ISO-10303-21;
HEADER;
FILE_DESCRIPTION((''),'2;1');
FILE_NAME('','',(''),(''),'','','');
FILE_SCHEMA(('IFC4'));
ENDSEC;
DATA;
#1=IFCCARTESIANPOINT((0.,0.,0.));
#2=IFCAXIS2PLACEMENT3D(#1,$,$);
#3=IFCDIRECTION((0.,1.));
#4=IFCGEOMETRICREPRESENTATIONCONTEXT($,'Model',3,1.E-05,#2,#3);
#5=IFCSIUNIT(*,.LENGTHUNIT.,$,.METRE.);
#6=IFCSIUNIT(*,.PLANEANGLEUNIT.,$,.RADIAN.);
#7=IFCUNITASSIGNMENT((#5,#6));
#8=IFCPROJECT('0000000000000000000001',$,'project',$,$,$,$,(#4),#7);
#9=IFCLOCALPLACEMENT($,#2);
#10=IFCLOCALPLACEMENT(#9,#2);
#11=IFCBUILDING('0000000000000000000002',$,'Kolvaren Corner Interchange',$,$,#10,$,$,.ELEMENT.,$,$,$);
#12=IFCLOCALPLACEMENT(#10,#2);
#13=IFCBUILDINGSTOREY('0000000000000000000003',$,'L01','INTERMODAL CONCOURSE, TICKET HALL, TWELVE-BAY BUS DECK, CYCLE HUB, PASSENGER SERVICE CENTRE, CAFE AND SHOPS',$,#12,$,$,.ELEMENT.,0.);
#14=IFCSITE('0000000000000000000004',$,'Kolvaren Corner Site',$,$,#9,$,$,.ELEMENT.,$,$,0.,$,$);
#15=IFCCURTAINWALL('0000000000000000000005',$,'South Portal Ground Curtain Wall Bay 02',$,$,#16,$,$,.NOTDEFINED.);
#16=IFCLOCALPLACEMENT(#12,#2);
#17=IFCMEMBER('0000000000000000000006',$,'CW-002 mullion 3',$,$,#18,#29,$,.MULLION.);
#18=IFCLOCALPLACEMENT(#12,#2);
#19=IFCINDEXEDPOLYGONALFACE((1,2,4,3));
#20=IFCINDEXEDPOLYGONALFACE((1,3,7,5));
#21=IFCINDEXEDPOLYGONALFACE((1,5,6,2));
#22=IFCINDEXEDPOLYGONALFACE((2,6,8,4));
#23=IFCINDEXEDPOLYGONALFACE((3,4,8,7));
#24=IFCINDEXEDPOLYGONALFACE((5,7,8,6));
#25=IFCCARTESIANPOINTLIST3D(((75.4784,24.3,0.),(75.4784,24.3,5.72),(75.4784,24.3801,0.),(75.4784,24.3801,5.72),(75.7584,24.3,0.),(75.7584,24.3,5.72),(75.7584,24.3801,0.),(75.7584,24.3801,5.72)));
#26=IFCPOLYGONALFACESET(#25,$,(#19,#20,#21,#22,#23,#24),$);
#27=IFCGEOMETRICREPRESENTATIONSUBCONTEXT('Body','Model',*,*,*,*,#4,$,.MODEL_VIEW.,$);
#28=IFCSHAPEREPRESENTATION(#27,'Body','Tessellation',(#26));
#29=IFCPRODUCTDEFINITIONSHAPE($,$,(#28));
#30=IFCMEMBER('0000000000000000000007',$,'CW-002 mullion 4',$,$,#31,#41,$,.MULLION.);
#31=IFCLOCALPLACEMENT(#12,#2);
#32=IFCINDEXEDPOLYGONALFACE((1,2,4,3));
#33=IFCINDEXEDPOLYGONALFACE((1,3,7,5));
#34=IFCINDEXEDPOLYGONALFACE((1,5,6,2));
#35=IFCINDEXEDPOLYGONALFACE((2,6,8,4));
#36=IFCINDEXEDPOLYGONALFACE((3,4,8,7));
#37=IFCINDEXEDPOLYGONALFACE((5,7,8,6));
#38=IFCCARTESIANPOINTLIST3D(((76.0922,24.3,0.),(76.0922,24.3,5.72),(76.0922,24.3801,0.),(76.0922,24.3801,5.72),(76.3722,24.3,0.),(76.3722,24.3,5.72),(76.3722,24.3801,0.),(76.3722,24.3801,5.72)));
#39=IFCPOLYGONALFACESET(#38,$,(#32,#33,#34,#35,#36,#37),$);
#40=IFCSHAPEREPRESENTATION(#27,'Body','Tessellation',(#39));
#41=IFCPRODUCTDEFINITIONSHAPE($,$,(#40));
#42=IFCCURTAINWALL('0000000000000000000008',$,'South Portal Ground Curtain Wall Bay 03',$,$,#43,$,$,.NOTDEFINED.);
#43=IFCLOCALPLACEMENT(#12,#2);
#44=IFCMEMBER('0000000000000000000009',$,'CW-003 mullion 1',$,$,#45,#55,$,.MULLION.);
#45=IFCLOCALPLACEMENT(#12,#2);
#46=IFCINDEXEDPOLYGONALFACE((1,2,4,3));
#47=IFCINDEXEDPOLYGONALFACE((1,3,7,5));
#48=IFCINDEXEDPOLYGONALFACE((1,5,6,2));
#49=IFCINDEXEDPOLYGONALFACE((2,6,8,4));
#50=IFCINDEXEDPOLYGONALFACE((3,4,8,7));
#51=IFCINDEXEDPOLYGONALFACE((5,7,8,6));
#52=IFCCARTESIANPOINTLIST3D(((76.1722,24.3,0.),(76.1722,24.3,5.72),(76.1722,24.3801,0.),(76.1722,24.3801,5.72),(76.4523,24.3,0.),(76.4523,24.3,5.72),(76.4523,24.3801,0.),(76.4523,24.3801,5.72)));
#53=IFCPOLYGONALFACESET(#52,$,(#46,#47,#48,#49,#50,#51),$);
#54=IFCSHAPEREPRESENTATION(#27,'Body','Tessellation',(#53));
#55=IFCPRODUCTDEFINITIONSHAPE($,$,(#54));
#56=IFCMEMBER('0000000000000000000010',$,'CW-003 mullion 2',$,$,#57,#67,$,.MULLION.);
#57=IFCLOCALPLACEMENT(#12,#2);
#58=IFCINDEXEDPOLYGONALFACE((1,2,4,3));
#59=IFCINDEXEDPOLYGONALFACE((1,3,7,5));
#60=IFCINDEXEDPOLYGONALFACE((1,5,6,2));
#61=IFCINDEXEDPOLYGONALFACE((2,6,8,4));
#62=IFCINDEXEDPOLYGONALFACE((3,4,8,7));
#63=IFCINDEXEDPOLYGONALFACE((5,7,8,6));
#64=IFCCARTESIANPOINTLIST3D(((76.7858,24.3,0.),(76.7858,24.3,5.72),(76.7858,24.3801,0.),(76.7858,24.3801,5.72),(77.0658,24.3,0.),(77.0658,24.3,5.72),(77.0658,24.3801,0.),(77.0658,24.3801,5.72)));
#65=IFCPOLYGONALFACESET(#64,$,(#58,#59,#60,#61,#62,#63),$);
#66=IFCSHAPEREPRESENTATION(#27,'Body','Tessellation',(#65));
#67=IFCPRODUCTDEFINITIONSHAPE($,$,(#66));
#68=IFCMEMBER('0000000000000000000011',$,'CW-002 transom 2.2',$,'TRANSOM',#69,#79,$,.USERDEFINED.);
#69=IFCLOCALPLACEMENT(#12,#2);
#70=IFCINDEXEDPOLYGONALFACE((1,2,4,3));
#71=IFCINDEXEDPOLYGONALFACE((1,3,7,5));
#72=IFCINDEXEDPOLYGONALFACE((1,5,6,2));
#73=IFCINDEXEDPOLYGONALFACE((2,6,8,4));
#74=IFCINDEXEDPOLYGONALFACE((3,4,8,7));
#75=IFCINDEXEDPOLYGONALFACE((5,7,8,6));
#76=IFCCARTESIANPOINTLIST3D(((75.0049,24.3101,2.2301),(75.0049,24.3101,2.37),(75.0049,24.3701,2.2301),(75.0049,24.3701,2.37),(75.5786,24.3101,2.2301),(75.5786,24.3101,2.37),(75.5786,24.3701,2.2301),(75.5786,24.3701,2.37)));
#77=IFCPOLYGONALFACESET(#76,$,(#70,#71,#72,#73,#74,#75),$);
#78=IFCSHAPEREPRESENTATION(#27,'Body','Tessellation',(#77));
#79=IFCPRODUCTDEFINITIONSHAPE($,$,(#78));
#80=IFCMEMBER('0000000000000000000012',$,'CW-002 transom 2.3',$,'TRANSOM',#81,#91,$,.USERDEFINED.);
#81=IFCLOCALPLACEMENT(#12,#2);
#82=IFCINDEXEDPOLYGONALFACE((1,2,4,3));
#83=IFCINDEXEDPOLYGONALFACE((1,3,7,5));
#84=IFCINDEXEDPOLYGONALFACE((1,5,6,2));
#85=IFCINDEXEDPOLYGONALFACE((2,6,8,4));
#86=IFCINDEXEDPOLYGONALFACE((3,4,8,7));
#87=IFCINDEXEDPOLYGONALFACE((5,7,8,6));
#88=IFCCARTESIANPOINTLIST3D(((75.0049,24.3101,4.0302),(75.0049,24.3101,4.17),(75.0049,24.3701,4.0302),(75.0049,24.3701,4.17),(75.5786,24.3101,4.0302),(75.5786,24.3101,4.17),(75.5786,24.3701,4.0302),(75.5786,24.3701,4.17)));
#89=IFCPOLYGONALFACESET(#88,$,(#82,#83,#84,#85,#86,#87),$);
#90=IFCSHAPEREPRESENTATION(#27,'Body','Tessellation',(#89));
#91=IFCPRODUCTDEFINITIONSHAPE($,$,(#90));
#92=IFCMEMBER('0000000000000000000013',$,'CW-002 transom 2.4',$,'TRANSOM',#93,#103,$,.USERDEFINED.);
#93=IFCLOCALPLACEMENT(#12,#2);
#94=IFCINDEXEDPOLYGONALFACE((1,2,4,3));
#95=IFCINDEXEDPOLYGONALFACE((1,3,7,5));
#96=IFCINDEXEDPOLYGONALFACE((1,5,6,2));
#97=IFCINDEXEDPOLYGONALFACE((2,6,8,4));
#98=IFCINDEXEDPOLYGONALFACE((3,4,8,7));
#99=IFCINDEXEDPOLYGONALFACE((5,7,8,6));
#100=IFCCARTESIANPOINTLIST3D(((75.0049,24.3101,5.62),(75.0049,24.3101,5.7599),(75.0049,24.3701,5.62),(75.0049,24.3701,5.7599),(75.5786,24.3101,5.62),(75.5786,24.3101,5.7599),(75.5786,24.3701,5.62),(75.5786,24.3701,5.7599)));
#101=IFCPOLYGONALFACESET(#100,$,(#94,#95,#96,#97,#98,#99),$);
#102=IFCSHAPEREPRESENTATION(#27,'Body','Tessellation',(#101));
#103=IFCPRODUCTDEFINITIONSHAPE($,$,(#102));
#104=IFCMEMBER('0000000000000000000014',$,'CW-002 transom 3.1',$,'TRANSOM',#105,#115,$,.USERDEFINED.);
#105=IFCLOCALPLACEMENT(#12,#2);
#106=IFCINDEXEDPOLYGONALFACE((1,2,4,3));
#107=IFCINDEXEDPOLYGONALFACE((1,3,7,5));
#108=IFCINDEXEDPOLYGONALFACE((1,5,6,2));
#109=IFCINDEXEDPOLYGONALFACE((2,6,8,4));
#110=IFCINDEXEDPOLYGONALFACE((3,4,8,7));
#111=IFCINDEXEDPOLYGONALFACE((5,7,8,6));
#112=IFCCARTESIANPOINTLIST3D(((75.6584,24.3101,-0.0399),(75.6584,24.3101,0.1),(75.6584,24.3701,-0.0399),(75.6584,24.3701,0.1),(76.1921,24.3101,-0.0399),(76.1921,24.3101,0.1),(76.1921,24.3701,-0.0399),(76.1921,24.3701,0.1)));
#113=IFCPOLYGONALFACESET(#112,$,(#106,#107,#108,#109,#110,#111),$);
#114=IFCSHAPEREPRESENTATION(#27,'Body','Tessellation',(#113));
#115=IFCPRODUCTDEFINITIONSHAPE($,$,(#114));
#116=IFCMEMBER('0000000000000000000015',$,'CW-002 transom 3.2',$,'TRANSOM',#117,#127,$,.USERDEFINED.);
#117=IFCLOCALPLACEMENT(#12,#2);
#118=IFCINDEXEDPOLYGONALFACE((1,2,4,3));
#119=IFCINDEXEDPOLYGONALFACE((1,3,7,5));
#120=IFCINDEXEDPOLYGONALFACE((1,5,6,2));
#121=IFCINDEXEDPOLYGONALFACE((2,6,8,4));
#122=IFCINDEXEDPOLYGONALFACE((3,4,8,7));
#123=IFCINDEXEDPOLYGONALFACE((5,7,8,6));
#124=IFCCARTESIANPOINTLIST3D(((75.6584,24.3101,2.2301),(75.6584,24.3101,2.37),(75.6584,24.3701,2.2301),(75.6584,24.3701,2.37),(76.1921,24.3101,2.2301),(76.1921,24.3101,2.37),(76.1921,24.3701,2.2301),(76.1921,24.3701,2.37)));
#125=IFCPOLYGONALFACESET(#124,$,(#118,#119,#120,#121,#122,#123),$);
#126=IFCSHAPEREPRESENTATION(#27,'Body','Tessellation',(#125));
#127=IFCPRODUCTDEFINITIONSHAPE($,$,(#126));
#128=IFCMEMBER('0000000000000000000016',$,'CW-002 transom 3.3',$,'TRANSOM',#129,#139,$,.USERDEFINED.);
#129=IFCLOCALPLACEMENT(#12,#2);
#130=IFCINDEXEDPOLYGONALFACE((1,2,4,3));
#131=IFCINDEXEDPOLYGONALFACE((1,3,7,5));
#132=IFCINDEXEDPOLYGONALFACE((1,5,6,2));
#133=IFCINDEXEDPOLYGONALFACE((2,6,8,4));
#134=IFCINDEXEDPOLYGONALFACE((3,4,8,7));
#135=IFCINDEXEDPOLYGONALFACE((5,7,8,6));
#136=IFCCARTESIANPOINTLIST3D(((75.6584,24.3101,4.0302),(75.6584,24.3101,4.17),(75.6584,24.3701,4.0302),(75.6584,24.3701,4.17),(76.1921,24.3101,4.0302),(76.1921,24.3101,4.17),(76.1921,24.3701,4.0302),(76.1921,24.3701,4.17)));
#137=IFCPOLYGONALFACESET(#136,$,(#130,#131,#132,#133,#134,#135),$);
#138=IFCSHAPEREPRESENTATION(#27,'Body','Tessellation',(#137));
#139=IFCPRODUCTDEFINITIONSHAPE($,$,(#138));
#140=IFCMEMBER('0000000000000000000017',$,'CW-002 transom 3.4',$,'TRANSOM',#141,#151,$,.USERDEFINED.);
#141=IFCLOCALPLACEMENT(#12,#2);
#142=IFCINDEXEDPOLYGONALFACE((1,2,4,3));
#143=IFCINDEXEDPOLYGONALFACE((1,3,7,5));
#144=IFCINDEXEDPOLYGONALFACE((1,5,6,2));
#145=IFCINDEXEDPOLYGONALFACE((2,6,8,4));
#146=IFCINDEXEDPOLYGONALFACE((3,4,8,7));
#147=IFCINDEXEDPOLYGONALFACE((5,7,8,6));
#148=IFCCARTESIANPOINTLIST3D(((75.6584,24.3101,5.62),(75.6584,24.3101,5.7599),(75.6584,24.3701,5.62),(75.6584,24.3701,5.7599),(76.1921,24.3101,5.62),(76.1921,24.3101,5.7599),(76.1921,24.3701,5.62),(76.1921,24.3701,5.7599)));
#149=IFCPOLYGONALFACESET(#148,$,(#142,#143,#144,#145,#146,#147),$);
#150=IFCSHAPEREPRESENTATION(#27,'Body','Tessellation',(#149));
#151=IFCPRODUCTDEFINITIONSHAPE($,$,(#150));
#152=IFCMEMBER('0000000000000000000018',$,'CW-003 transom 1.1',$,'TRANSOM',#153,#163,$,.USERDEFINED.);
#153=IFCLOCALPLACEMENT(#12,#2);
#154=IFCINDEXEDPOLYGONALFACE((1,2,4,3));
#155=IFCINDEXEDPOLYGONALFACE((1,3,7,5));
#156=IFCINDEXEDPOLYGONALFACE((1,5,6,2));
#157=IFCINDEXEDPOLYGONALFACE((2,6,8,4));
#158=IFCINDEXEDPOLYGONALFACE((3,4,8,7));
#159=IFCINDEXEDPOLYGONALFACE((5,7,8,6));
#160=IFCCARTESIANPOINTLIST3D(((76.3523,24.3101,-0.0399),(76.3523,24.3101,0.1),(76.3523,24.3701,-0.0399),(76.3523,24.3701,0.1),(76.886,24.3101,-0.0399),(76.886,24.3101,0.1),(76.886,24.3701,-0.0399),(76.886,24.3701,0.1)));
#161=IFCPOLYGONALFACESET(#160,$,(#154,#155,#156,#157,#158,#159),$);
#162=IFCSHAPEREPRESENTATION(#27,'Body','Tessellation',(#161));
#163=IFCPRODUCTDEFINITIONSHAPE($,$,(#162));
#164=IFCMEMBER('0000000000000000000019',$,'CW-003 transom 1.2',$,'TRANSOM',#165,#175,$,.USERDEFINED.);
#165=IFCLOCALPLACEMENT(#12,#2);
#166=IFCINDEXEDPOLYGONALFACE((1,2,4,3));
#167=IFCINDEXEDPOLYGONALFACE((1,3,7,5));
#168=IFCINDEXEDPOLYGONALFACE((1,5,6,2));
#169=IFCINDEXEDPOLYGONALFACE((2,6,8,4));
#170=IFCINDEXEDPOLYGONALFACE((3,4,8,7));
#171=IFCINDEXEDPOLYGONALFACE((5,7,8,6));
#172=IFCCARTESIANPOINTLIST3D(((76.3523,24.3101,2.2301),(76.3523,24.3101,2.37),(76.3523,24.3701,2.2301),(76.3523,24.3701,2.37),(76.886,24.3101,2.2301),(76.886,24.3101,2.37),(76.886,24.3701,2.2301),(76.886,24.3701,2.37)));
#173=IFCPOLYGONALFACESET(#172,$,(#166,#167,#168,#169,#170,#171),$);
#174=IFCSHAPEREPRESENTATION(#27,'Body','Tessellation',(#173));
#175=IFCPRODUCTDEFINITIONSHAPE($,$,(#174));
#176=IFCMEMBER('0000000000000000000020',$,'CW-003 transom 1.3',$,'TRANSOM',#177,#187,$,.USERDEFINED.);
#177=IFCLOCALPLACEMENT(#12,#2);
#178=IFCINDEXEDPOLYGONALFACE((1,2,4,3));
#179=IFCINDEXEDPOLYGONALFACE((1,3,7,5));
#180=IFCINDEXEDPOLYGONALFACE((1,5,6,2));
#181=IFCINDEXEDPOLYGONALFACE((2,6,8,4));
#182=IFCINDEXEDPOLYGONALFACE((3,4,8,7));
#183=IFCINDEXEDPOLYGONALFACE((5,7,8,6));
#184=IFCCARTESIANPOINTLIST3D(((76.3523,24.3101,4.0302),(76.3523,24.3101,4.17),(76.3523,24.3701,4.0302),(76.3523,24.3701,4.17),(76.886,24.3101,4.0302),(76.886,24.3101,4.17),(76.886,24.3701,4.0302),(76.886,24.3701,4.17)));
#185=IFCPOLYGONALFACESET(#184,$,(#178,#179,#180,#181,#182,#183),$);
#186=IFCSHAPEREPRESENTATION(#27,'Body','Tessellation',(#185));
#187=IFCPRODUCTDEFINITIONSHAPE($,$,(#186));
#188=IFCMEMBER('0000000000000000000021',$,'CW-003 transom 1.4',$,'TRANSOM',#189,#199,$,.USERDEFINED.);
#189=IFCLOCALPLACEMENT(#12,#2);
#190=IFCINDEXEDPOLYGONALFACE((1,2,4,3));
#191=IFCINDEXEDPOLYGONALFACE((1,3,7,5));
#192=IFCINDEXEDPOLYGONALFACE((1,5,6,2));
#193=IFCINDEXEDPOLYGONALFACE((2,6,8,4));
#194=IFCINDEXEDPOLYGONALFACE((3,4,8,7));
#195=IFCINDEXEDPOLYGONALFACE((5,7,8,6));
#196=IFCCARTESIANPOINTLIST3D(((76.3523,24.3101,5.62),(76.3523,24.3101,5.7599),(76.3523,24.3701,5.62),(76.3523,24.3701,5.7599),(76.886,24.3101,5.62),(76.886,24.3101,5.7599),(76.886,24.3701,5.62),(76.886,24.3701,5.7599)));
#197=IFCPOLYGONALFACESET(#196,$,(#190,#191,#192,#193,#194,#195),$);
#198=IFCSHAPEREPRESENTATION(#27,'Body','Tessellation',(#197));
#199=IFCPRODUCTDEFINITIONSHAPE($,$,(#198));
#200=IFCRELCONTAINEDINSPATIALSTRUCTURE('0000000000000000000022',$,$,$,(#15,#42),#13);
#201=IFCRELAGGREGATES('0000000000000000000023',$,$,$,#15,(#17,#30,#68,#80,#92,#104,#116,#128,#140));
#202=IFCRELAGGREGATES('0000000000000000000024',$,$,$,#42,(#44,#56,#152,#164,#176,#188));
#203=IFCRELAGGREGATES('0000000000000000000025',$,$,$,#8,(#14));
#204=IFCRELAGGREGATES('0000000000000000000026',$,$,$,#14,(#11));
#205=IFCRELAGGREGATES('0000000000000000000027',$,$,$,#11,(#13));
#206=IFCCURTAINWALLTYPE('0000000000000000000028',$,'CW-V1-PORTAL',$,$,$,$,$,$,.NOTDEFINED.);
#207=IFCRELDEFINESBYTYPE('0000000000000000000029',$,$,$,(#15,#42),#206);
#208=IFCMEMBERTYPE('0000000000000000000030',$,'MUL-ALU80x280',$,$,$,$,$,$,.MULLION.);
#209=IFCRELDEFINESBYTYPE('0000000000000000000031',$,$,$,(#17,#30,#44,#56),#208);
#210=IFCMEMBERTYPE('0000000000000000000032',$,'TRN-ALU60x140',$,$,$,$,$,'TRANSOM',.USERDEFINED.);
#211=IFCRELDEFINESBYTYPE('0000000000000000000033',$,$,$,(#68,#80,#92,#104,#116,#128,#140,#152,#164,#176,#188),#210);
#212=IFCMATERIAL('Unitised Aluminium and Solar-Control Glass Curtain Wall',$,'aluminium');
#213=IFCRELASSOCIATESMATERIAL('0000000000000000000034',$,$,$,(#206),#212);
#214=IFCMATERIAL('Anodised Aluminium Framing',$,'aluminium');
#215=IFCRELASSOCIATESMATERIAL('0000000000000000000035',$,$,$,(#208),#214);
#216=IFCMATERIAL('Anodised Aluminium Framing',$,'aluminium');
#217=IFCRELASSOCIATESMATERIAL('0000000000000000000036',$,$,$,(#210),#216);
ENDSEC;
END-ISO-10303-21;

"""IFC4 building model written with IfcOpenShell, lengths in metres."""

from ifc_helpers import new_model, si_unit, direction, frame, origin, origin_2d, place, context, subcontext, project, spatial, rectangle, extrude, material, material_profile, profile_set, type_object, element, aggregate, save


model = new_model("IFC4")

# Units and contexts
model_context = context("Model", 3, precision=1e-05, world=origin(), true_north=direction((0.0, 1.0)))
body_context = subcontext(model_context, "Body", "Model", "MODEL_VIEW")
ifc_project = project(units=[si_unit("LENGTHUNIT", "METRE"), si_unit("PLANEANGLEUNIT", "RADIAN")], contexts=[model_context])

# Site, building, storey
site_placement = place(None, origin())
site = spatial("IfcSite", under=ifc_project, at=site_placement, Name="Kolvaren Corner Site", CompositionType="ELEMENT", RefElevation=0.0)
building_placement = place(site_placement, origin())
building = spatial("IfcBuilding", under=site, at=building_placement, Name="Kolvaren Corner Interchange", CompositionType="ELEMENT")
storey_placement = place(building_placement, origin())
storey = spatial("IfcBuildingStorey", under=building, at=storey_placement, Name="L01", Description="INTERMODAL CONCOURSE, TICKET HALL, TWELVE-BAY BUS DECK, CYCLE HUB, PASSENGER SERVICE CENTRE, CAFE AND SHOPS", CompositionType="ELEMENT", Elevation=0.0)

# Curtain walls, members
ifc_material_1 = material(Name="Unitised Aluminium and Solar-Control Glass Curtain Wall", Category="aluminium")
curtain_wall_type = type_object("IfcCurtainWallType", Name="CW-V1-PORTAL", PredefinedType="NOTDEFINED", material=ifc_material_1)
curtain_wall_1_placement = place(storey_placement, origin())
curtain_wall_1 = element("IfcCurtainWall", 1, at=curtain_wall_1_placement, inside=storey, type_object=curtain_wall_type, Name="South Portal Ground Curtain Wall Bay 02", PredefinedType="NOTDEFINED")
ifc_material_2 = material(Name="Anodised Aluminium Framing", Category="aluminium")
ifc_material_profile_1 = material_profile(ifc_material_2, rectangle(XDim=0.0801, YDim=0.28, at=origin_2d()), Name="ALU 80x280")
ifc_profile_set_1 = profile_set([ifc_material_profile_1], Name="Anodised Aluminium Framing")
member_type_1 = type_object("IfcMemberType", Name="MUL-ALU80x280", PredefinedType="MULLION", material=ifc_profile_set_1)
member_1_placement = place(storey_placement, frame((75.6184, 24.3401, 0.0), z_axis=(0.0, 0.0, 1.0), x_axis=(0.0, 1.0, 0.0)))
member_1 = element("IfcMember", 2, at=member_1_placement, type_object=member_type_1, Name="CW-002 mullion 3", PredefinedType="MULLION", context=body_context, shape_type="SweptSolid", body=[
    extrude(rectangle(XDim=0.0801, YDim=0.28, at=origin_2d()), origin(), (0.0, 0.0, 1.0), 5.72),
])
member_2_placement = place(storey_placement, frame((76.2322, 24.3401, 0.0), z_axis=(0.0, 0.0, 1.0), x_axis=(0.0, 1.0, 0.0)))
member_2 = element("IfcMember", 3, at=member_2_placement, type_object=member_type_1, Name="CW-002 mullion 4", PredefinedType="MULLION", context=body_context, shape_type="SweptSolid", body=[
    extrude(rectangle(XDim=0.0801, YDim=0.28, at=origin_2d()), origin(), (0.0, 0.0, 1.0), 5.72),
])
curtain_wall_2_placement = place(storey_placement, origin())
curtain_wall_2 = element("IfcCurtainWall", 4, at=curtain_wall_2_placement, inside=storey, type_object=curtain_wall_type, Name="South Portal Ground Curtain Wall Bay 03", PredefinedType="NOTDEFINED")
member_3_placement = place(storey_placement, frame((76.3123, 24.3401, 0.0), z_axis=(0.0, 0.0, 1.0), x_axis=(0.0, 1.0, 0.0)))
member_3 = element("IfcMember", 5, at=member_3_placement, type_object=member_type_1, Name="CW-003 mullion 1", PredefinedType="MULLION", context=body_context, shape_type="SweptSolid", body=[
    extrude(rectangle(XDim=0.0801, YDim=0.28, at=origin_2d()), origin(), (0.0, 0.0, 1.0), 5.72),
])
member_4_placement = place(storey_placement, frame((76.9258, 24.3401, 0.0), z_axis=(0.0, 0.0, 1.0), x_axis=(0.0, 1.0, 0.0)))
member_4 = element("IfcMember", 6, at=member_4_placement, type_object=member_type_1, Name="CW-003 mullion 2", PredefinedType="MULLION", context=body_context, shape_type="SweptSolid", body=[
    extrude(rectangle(XDim=0.0801, YDim=0.28, at=origin_2d()), origin(), (0.0, 0.0, 1.0), 5.72),
])

# Members
ifc_material_3 = material(Name="Anodised Aluminium Framing", Category="aluminium")
ifc_material_profile_2 = material_profile(ifc_material_3, rectangle(XDim=0.0601, YDim=0.1399, at=origin_2d()), Name="ALU 60x140")
ifc_profile_set_2 = profile_set([ifc_material_profile_2], Name="Anodised Aluminium Framing")
member_type_2 = type_object("IfcMemberType", Name="TRN-ALU60x140", ElementType="TRANSOM", PredefinedType="USERDEFINED", material=ifc_profile_set_2)
member_5_placement = place(storey_placement, frame((75.0049, 24.3401, 2.3), z_axis=(1.0, 0.0, 0.0), x_axis=(0.0, 1.0, 0.0)))
member_5 = element("IfcMember", 7, at=member_5_placement, type_object=member_type_2, Name="CW-002 transom 2.2", ObjectType="TRANSOM", PredefinedType="USERDEFINED", context=body_context, shape_type="SweptSolid", body=[
    extrude(rectangle(XDim=0.0601, YDim=0.1399, at=origin_2d()), origin(), (0.0, 0.0, 1.0), 0.5737),
])
member_6_placement = place(storey_placement, frame((75.0049, 24.3401, 4.1001), z_axis=(1.0, 0.0, 0.0), x_axis=(0.0, 1.0, 0.0)))
member_6 = element("IfcMember", 8, at=member_6_placement, type_object=member_type_2, Name="CW-002 transom 2.3", ObjectType="TRANSOM", PredefinedType="USERDEFINED", context=body_context, shape_type="SweptSolid", body=[
    extrude(rectangle(XDim=0.0601, YDim=0.1399, at=origin_2d()), origin(), (0.0, 0.0, 1.0), 0.5737),
])
member_7_placement = place(storey_placement, frame((75.0049, 24.3401, 5.6899), z_axis=(1.0, 0.0, 0.0), x_axis=(0.0, 1.0, 0.0)))
member_7 = element("IfcMember", 9, at=member_7_placement, type_object=member_type_2, Name="CW-002 transom 2.4", ObjectType="TRANSOM", PredefinedType="USERDEFINED", context=body_context, shape_type="SweptSolid", body=[
    extrude(rectangle(XDim=0.0601, YDim=0.1399, at=origin_2d()), origin(), (0.0, 0.0, 1.0), 0.5737),
])
member_8_placement = place(storey_placement, frame((75.6584, 24.3401, 0.03), z_axis=(1.0, 0.0, 0.0), x_axis=(0.0, 1.0, 0.0)))
member_8 = element("IfcMember", 10, at=member_8_placement, type_object=member_type_2, Name="CW-002 transom 3.1", ObjectType="TRANSOM", PredefinedType="USERDEFINED", context=body_context, shape_type="SweptSolid", body=[
    extrude(rectangle(XDim=0.0601, YDim=0.1399, at=origin_2d()), origin(), (0.0, 0.0, 1.0), 0.5337),
])
member_9_placement = place(storey_placement, frame((75.6584, 24.3401, 2.3), z_axis=(1.0, 0.0, 0.0), x_axis=(0.0, 1.0, 0.0)))
member_9 = element("IfcMember", 11, at=member_9_placement, type_object=member_type_2, Name="CW-002 transom 3.2", ObjectType="TRANSOM", PredefinedType="USERDEFINED", context=body_context, shape_type="SweptSolid", body=[
    extrude(rectangle(XDim=0.0601, YDim=0.1399, at=origin_2d()), origin(), (0.0, 0.0, 1.0), 0.5337),
])
member_10_placement = place(storey_placement, frame((75.6584, 24.3401, 4.1001), z_axis=(1.0, 0.0, 0.0), x_axis=(0.0, 1.0, 0.0)))
member_10 = element("IfcMember", 12, at=member_10_placement, type_object=member_type_2, Name="CW-002 transom 3.3", ObjectType="TRANSOM", PredefinedType="USERDEFINED", context=body_context, shape_type="SweptSolid", body=[
    extrude(rectangle(XDim=0.0601, YDim=0.1399, at=origin_2d()), origin(), (0.0, 0.0, 1.0), 0.5337),
])
member_11_placement = place(storey_placement, frame((75.6584, 24.3401, 5.6899), z_axis=(1.0, 0.0, 0.0), x_axis=(0.0, 1.0, 0.0)))
member_11 = element("IfcMember", 13, at=member_11_placement, type_object=member_type_2, Name="CW-002 transom 3.4", ObjectType="TRANSOM", PredefinedType="USERDEFINED", context=body_context, shape_type="SweptSolid", body=[
    extrude(rectangle(XDim=0.0601, YDim=0.1399, at=origin_2d()), origin(), (0.0, 0.0, 1.0), 0.5337),
])
member_12_placement = place(storey_placement, frame((76.3523, 24.3401, 0.03), z_axis=(1.0, 0.0, 0.0), x_axis=(0.0, 1.0, 0.0)))
member_12 = element("IfcMember", 14, at=member_12_placement, type_object=member_type_2, Name="CW-003 transom 1.1", ObjectType="TRANSOM", PredefinedType="USERDEFINED", context=body_context, shape_type="SweptSolid", body=[
    extrude(rectangle(XDim=0.0601, YDim=0.1399, at=origin_2d()), origin(), (0.0, 0.0, 1.0), 0.5337),
])
member_13_placement = place(storey_placement, frame((76.3523, 24.3401, 2.3), z_axis=(1.0, 0.0, 0.0), x_axis=(0.0, 1.0, 0.0)))
member_13 = element("IfcMember", 15, at=member_13_placement, type_object=member_type_2, Name="CW-003 transom 1.2", ObjectType="TRANSOM", PredefinedType="USERDEFINED", context=body_context, shape_type="SweptSolid", body=[
    extrude(rectangle(XDim=0.0601, YDim=0.1399, at=origin_2d()), origin(), (0.0, 0.0, 1.0), 0.5337),
])
member_14_placement = place(storey_placement, frame((76.3523, 24.3401, 4.1001), z_axis=(1.0, 0.0, 0.0), x_axis=(0.0, 1.0, 0.0)))
member_14 = element("IfcMember", 16, at=member_14_placement, type_object=member_type_2, Name="CW-003 transom 1.3", ObjectType="TRANSOM", PredefinedType="USERDEFINED", context=body_context, shape_type="SweptSolid", body=[
    extrude(rectangle(XDim=0.0601, YDim=0.1399, at=origin_2d()), origin(), (0.0, 0.0, 1.0), 0.5337),
])
member_15_placement = place(storey_placement, frame((76.3523, 24.3401, 5.6899), z_axis=(1.0, 0.0, 0.0), x_axis=(0.0, 1.0, 0.0)))
member_15 = element("IfcMember", 17, at=member_15_placement, type_object=member_type_2, Name="CW-003 transom 1.4", ObjectType="TRANSOM", PredefinedType="USERDEFINED", context=body_context, shape_type="SweptSolid", body=[
    extrude(rectangle(XDim=0.0601, YDim=0.1399, at=origin_2d()), origin(), (0.0, 0.0, 1.0), 0.5337),
])

aggregate(curtain_wall_1, [member_1, member_2, member_5, member_6, member_7, member_8, member_9, member_10, member_11])
aggregate(curtain_wall_2, [member_3, member_4, member_12, member_13, member_14, member_15])

save(model, "model.ifc")
